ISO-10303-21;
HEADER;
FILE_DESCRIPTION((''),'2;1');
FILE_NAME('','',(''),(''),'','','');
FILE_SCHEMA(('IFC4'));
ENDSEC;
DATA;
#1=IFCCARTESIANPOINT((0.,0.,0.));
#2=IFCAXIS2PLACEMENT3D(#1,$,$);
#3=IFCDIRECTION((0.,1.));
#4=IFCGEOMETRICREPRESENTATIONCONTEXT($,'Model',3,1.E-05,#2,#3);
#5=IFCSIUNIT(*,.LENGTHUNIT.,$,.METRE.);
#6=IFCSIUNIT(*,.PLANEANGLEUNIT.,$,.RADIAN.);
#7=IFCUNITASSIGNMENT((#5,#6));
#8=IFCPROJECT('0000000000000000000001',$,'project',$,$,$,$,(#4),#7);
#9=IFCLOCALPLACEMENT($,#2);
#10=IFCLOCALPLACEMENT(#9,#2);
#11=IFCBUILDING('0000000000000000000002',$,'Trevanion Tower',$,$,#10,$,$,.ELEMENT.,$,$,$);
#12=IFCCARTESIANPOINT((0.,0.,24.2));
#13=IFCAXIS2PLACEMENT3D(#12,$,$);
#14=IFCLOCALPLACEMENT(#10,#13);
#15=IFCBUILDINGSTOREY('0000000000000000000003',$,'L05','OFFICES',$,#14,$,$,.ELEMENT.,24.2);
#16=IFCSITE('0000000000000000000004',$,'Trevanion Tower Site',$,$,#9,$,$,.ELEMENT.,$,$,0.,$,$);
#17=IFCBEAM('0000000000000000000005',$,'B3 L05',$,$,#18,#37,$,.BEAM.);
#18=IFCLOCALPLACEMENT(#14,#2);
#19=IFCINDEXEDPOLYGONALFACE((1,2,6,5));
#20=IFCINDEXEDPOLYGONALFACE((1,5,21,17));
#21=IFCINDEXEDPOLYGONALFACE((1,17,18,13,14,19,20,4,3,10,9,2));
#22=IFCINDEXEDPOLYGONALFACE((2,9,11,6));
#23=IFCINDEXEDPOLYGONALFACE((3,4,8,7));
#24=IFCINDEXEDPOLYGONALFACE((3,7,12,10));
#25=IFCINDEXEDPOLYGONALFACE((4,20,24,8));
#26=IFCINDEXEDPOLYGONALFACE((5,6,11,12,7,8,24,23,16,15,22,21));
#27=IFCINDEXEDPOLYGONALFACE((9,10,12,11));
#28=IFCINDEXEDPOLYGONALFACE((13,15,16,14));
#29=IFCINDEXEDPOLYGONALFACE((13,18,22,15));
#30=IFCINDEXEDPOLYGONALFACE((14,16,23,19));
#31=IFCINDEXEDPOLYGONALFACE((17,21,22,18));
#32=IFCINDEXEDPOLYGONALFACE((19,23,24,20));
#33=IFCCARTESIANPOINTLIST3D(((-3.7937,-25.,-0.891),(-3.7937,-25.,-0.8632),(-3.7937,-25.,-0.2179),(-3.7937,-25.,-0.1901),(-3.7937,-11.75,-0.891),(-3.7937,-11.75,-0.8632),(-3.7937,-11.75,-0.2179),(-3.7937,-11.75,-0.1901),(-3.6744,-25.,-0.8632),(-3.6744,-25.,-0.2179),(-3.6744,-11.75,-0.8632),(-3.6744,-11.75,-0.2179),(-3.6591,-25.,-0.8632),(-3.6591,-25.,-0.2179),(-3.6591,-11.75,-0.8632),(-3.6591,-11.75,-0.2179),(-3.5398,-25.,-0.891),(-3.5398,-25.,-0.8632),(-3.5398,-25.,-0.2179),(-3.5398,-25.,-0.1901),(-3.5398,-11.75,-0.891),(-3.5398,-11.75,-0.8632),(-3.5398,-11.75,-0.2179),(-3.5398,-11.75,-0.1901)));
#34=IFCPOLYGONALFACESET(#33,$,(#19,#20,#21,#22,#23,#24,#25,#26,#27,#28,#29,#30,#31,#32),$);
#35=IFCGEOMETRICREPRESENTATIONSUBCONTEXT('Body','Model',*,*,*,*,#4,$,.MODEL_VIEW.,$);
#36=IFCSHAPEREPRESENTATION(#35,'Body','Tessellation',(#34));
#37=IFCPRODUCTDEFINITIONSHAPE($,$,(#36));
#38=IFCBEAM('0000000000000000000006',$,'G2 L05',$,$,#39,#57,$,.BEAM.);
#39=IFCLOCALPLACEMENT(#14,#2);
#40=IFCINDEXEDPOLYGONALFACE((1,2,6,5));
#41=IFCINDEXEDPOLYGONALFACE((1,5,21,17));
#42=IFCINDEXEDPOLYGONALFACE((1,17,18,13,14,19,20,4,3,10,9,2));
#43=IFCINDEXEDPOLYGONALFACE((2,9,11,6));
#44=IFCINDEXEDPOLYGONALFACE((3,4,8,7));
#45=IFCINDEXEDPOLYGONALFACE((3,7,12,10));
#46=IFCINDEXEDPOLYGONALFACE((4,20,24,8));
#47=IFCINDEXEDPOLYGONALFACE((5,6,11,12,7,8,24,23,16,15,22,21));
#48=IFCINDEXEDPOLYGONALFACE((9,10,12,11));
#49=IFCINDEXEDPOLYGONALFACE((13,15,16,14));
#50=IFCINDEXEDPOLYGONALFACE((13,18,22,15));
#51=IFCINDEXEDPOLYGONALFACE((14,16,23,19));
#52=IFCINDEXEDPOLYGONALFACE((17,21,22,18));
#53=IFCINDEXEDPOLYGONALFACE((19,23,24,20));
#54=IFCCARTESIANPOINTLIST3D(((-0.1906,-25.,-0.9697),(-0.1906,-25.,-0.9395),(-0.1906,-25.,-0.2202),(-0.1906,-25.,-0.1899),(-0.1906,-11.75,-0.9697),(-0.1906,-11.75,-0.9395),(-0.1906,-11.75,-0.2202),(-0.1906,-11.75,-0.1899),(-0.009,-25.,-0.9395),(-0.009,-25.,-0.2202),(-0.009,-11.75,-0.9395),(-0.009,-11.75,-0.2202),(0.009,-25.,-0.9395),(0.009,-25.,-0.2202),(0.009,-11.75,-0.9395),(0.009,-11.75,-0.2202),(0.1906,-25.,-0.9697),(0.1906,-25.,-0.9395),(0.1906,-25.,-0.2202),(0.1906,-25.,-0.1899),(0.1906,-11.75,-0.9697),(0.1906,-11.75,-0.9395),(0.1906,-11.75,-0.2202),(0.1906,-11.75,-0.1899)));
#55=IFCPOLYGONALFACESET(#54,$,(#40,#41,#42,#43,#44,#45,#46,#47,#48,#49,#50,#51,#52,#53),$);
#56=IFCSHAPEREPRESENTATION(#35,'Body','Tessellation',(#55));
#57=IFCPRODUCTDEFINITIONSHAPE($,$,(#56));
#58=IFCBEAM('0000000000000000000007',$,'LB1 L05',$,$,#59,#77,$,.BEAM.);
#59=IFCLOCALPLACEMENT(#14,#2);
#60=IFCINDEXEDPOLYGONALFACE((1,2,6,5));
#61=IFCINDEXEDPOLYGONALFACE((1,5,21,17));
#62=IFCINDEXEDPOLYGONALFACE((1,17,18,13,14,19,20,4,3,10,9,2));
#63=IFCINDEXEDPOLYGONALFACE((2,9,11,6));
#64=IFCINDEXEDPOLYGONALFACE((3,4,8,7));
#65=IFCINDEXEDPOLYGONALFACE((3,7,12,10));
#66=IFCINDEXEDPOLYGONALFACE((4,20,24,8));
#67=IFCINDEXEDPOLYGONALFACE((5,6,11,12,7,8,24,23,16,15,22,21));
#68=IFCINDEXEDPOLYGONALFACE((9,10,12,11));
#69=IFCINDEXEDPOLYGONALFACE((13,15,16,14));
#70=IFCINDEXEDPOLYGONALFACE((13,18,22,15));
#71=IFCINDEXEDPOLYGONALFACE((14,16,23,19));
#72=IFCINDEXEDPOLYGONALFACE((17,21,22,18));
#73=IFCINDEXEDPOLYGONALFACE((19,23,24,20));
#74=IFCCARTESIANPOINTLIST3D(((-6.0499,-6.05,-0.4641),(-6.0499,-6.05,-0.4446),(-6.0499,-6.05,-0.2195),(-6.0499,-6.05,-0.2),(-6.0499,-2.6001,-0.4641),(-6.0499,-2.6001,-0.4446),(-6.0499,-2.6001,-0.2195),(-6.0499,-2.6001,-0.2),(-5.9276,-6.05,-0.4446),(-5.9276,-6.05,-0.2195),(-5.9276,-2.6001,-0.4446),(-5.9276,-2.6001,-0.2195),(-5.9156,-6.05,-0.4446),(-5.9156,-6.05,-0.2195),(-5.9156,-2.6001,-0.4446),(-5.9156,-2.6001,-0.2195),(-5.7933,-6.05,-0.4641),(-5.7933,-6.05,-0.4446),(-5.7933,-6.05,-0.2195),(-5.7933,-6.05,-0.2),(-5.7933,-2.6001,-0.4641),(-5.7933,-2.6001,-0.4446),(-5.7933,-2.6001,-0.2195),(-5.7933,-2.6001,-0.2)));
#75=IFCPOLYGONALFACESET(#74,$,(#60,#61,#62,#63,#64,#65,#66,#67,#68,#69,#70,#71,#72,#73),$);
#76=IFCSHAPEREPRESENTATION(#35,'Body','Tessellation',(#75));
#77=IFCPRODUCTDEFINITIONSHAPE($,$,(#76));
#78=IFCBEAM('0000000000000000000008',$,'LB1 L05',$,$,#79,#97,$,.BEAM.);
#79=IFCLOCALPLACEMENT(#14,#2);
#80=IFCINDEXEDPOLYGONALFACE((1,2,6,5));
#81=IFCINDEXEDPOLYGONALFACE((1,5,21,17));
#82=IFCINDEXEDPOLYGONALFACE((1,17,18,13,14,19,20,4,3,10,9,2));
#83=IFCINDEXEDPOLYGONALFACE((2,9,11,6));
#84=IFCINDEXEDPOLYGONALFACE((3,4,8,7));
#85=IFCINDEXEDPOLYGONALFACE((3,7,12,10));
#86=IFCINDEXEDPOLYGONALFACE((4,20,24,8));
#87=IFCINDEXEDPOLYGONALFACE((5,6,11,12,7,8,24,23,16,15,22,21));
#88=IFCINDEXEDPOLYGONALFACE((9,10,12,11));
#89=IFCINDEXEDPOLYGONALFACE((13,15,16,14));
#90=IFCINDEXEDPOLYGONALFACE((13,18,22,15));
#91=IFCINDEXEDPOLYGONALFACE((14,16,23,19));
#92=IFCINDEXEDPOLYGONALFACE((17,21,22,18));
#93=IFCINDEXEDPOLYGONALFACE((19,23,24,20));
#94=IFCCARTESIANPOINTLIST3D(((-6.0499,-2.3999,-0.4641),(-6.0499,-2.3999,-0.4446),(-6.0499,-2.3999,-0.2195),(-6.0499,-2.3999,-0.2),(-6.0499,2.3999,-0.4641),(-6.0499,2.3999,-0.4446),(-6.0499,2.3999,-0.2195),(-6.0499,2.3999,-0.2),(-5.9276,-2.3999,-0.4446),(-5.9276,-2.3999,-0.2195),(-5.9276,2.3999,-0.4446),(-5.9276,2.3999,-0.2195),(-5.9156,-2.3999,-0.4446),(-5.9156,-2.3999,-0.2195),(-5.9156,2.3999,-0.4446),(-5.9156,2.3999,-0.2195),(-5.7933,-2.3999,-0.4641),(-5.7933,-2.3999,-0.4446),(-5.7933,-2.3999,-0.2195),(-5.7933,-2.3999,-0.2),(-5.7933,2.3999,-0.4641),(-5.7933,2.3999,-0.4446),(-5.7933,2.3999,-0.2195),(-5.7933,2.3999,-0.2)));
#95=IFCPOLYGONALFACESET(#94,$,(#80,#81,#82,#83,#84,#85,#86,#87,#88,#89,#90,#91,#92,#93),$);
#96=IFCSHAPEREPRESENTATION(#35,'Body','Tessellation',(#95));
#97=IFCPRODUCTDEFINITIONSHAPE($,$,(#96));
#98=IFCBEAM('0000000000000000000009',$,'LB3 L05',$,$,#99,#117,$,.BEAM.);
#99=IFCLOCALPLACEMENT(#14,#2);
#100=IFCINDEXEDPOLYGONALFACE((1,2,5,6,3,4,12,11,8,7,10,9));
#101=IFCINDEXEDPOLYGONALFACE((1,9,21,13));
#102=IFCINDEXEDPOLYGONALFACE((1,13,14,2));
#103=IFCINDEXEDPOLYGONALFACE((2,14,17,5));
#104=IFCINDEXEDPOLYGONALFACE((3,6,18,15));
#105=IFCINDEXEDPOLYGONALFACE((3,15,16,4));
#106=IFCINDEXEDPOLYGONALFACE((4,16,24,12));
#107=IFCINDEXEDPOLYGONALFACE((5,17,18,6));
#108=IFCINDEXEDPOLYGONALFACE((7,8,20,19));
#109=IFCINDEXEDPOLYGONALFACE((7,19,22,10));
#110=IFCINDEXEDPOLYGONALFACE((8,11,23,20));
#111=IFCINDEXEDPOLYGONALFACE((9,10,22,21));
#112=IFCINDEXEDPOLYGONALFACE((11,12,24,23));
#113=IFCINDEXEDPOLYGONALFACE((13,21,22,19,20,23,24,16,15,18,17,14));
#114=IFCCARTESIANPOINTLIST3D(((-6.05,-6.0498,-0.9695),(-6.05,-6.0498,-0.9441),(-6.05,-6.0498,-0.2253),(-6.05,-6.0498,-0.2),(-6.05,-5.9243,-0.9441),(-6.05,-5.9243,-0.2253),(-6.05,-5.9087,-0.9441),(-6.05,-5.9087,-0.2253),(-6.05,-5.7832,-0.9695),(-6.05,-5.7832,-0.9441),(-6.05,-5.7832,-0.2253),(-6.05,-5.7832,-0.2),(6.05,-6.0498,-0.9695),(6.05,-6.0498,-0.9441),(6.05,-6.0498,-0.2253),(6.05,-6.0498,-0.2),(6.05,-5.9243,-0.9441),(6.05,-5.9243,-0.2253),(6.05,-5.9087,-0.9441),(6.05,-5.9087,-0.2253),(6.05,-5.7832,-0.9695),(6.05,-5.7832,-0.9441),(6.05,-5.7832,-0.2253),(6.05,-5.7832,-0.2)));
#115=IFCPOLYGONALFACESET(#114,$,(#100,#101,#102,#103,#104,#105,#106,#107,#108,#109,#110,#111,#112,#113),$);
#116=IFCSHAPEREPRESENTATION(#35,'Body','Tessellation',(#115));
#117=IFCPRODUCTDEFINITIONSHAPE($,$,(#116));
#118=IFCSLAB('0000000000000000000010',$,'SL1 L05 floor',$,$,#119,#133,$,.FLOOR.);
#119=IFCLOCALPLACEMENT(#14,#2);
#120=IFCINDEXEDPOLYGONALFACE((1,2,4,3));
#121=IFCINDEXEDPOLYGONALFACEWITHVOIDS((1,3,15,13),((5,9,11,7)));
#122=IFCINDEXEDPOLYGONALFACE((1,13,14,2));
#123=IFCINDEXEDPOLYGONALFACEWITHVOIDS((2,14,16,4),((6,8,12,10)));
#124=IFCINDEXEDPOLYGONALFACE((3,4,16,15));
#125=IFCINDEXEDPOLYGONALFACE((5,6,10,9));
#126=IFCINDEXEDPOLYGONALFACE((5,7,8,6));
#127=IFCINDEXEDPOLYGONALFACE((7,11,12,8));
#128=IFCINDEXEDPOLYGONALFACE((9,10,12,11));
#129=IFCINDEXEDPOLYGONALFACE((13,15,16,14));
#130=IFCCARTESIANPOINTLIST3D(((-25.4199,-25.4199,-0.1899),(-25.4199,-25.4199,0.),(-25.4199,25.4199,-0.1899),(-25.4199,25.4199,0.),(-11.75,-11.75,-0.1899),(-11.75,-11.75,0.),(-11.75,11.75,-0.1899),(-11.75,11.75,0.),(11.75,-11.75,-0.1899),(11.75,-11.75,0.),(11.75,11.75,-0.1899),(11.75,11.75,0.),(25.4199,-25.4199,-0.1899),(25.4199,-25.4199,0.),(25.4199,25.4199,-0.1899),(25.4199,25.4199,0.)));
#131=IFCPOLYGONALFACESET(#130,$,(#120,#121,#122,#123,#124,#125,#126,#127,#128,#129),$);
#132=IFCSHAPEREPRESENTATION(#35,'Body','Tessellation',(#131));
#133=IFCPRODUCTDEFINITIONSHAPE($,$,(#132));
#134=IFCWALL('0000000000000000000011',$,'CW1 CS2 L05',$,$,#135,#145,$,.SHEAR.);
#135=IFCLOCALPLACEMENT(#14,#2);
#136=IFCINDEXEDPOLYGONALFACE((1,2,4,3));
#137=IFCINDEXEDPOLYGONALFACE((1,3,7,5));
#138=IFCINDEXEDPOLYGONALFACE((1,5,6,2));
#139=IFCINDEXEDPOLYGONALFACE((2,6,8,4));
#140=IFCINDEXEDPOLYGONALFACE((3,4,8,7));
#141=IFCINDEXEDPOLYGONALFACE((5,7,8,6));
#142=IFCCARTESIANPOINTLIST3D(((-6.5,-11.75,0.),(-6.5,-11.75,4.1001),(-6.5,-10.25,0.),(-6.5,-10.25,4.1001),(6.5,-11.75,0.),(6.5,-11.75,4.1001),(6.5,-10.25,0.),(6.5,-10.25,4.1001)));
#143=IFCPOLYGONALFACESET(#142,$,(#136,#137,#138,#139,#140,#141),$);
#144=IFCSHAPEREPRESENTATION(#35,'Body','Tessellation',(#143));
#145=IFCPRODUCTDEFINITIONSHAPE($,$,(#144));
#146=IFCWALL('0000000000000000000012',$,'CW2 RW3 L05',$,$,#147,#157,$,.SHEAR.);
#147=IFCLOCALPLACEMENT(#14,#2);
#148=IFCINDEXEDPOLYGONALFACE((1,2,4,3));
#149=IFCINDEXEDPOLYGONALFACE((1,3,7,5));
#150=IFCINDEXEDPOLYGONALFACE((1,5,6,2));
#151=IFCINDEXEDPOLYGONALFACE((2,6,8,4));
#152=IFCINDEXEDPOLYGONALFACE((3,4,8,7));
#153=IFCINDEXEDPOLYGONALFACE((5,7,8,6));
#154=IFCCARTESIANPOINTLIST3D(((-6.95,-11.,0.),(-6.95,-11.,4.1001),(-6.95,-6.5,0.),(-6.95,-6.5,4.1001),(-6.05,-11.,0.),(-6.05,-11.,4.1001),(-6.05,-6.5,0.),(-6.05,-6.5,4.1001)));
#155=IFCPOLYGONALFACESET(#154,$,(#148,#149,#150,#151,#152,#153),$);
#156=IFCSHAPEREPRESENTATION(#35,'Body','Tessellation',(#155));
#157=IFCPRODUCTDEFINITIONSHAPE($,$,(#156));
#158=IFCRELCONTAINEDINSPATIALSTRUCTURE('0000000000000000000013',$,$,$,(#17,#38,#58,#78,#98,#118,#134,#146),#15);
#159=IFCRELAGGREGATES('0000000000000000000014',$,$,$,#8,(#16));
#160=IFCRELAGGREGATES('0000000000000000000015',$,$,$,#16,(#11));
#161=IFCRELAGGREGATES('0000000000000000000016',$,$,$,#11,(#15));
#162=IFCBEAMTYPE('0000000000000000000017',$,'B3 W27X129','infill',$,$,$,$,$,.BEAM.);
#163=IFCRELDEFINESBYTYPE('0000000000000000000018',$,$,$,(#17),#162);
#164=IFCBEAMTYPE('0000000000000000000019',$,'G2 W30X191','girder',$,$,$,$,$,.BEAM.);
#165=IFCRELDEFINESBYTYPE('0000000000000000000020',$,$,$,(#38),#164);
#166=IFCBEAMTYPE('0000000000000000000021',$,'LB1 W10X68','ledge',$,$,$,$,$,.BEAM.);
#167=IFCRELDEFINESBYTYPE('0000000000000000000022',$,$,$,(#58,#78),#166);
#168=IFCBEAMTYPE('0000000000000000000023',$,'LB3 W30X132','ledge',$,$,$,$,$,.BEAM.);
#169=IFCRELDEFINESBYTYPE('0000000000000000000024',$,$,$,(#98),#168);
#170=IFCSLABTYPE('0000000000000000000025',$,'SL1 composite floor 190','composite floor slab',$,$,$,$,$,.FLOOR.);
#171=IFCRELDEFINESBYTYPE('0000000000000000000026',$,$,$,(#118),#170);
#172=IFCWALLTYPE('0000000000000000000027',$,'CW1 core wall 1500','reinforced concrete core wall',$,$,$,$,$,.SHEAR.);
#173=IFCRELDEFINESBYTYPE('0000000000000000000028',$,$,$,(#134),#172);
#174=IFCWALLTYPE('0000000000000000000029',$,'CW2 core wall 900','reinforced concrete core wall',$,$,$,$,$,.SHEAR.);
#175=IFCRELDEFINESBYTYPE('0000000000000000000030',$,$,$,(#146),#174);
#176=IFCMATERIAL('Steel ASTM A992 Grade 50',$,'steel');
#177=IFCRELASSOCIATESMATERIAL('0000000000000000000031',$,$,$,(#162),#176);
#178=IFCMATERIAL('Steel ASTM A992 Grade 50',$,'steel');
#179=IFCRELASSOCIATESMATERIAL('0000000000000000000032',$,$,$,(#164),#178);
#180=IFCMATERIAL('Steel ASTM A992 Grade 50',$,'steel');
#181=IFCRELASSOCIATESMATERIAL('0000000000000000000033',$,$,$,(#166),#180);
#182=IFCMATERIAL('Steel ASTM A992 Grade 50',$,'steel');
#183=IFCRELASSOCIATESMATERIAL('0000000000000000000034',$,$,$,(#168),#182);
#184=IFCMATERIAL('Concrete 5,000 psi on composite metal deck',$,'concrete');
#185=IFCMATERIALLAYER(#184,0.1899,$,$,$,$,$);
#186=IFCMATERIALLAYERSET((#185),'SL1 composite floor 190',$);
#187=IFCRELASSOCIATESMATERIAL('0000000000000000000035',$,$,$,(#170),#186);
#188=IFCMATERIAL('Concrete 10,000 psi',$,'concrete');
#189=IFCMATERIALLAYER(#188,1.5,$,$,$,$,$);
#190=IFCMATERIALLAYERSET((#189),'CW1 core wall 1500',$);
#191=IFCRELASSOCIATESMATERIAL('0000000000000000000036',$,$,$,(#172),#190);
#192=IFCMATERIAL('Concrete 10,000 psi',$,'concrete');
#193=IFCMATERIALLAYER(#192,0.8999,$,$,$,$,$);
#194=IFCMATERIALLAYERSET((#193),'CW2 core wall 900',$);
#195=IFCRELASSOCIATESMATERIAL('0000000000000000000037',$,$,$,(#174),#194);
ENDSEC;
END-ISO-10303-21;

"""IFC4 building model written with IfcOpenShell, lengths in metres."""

from ifc_helpers import new_model, si_unit, direction, frame, frame_2d, origin, origin_2d, place, context, subcontext, project, spatial, polyline, rectangle, i_section, outline, extrude, material, layer, layer_set, material_profile, profile_set, type_object, element, save


model = new_model("IFC4")

# Units and contexts
model_context = context("Model", 3, precision=1e-05, world=origin(), true_north=direction((0.0, 1.0)))
body_context = subcontext(model_context, "Body", "Model", "MODEL_VIEW")
ifc_project = project(units=[si_unit("LENGTHUNIT", "METRE"), si_unit("PLANEANGLEUNIT", "RADIAN")], contexts=[model_context])

# Site, building, storey
site_placement = place(None, origin())
site = spatial("IfcSite", under=ifc_project, at=site_placement, Name="Trevanion Tower Site", CompositionType="ELEMENT", RefElevation=0.0)
building_placement = place(site_placement, origin())
building = spatial("IfcBuilding", under=site, at=building_placement, Name="Trevanion Tower", CompositionType="ELEMENT")
storey_placement = place(building_placement, frame((0.0, 0.0, 24.2)))
storey = spatial("IfcBuildingStorey", under=building, at=storey_placement, Name="L05", Description="OFFICES", CompositionType="ELEMENT", Elevation=24.2)

# Beams
ifc_material_1 = material(Name="Steel ASTM A992 Grade 50", Category="steel")
ifc_material_profile_1 = material_profile(ifc_material_1, i_section(OverallWidth=0.2539, OverallDepth=0.7009, WebThickness=0.0154, FlangeThickness=0.0278, at=origin_2d()), Name="W27X129")
ifc_profile_set_1 = profile_set([ifc_material_profile_1], Name="Steel ASTM A992 Grade 50")
beam_type_1 = type_object("IfcBeamType", Name="B3 W27X129", Description="infill", PredefinedType="BEAM", material=ifc_profile_set_1)
beam_1_placement = place(storey_placement, frame((-3.6667, -11.75, -0.5405), z_axis=(0.0, -1.0, 0.0), x_axis=(1.0, 0.0, 0.0)))
element("IfcBeam", 1, at=beam_1_placement, inside=storey, type_object=beam_type_1, Name="B3 L05", PredefinedType="BEAM", context=body_context, shape_type="SweptSolid", body=[
    extrude(i_section(OverallWidth=0.2539, OverallDepth=0.7009, WebThickness=0.0154, FlangeThickness=0.0278, at=origin_2d()), origin(), (0.0, 0.0, 1.0), 13.25),
])
ifc_material_2 = material(Name="Steel ASTM A992 Grade 50", Category="steel")
ifc_material_profile_2 = material_profile(ifc_material_2, i_section(OverallWidth=0.3811, OverallDepth=0.7798, WebThickness=0.0181, FlangeThickness=0.0303, at=origin_2d()), Name="W30X191")
ifc_profile_set_2 = profile_set([ifc_material_profile_2], Name="Steel ASTM A992 Grade 50")
beam_type_2 = type_object("IfcBeamType", Name="G2 W30X191", Description="girder", PredefinedType="BEAM", material=ifc_profile_set_2)
beam_2_placement = place(storey_placement, frame((0.0, -11.75, -0.5798), z_axis=(0.0, -1.0, 0.0), x_axis=(1.0, 0.0, 0.0)))
element("IfcBeam", 2, at=beam_2_placement, inside=storey, type_object=beam_type_2, Name="G2 L05", PredefinedType="BEAM", context=body_context, shape_type="SweptSolid", body=[
    extrude(i_section(OverallWidth=0.3811, OverallDepth=0.7798, WebThickness=0.0181, FlangeThickness=0.0303, at=origin_2d()), origin(), (0.0, 0.0, 1.0), 13.25),
])
ifc_material_3 = material(Name="Steel ASTM A992 Grade 50", Category="steel")
ifc_material_profile_3 = material_profile(ifc_material_3, i_section(OverallWidth=0.2566, OverallDepth=0.2642, WebThickness=0.012, FlangeThickness=0.0195, at=origin_2d()), Name="W10X68")
ifc_profile_set_3 = profile_set([ifc_material_profile_3], Name="Steel ASTM A992 Grade 50")
beam_type_3 = type_object("IfcBeamType", Name="LB1 W10X68", Description="ledge", PredefinedType="BEAM", material=ifc_profile_set_3)
beam_3_placement = place(storey_placement, frame((-5.9216, -6.05, -0.332), z_axis=(0.0, 1.0, 0.0), x_axis=(-1.0, 0.0, 0.0)))
element("IfcBeam", 3, at=beam_3_placement, inside=storey, type_object=beam_type_3, Name="LB1 L05", PredefinedType="BEAM", context=body_context, shape_type="SweptSolid", body=[
    extrude(i_section(OverallWidth=0.2566, OverallDepth=0.2642, WebThickness=0.012, FlangeThickness=0.0195, at=origin_2d()), origin(), (0.0, 0.0, 1.0), 3.45),
])
beam_4_placement = place(storey_placement, frame((-5.9216, -2.3999, -0.332), z_axis=(0.0, 1.0, 0.0), x_axis=(-1.0, 0.0, 0.0)))
element("IfcBeam", 4, at=beam_4_placement, inside=storey, type_object=beam_type_3, Name="LB1 L05", PredefinedType="BEAM", context=body_context, shape_type="SweptSolid", body=[
    extrude(i_section(OverallWidth=0.2566, OverallDepth=0.2642, WebThickness=0.012, FlangeThickness=0.0195, at=origin_2d()), origin(), (0.0, 0.0, 1.0), 4.7998),
])
ifc_material_4 = material(Name="Steel ASTM A992 Grade 50", Category="steel")
ifc_material_profile_4 = material_profile(ifc_material_4, i_section(OverallWidth=0.2666, OverallDepth=0.7695, WebThickness=0.0156, FlangeThickness=0.0254, at=origin_2d()), Name="W30X132")
ifc_profile_set_4 = profile_set([ifc_material_profile_4], Name="Steel ASTM A992 Grade 50")
beam_type_4 = type_object("IfcBeamType", Name="LB3 W30X132", Description="ledge", PredefinedType="BEAM", material=ifc_profile_set_4)
beam_5_placement = place(storey_placement, frame((-6.05, -5.9165, -0.5847), z_axis=(1.0, 0.0, 0.0), x_axis=(0.0, 1.0, 0.0)))
element("IfcBeam", 5, at=beam_5_placement, inside=storey, type_object=beam_type_4, Name="LB3 L05", PredefinedType="BEAM", context=body_context, shape_type="SweptSolid", body=[
    extrude(i_section(OverallWidth=0.2666, OverallDepth=0.7695, WebThickness=0.0156, FlangeThickness=0.0254, at=origin_2d()), origin(), (0.0, 0.0, 1.0), 12.1001),
])

# Slab
ifc_material_5 = material(Name="Concrete 5,000 psi on composite metal deck", Category="concrete")
ifc_layer_1 = layer(ifc_material_5, 0.1899)
ifc_layer_set_1 = layer_set([ifc_layer_1], Name="SL1 composite floor 190")
slab_type = type_object("IfcSlabType", Name="SL1 composite floor 190", Description="composite floor slab", PredefinedType="FLOOR", material=ifc_layer_set_1)
slab_placement = place(storey_placement, frame((0.0, 0.0, -0.1899)))
element("IfcSlab", 6, at=slab_placement, inside=storey, type_object=slab_type, Name="SL1 L05 floor", PredefinedType="FLOOR", context=body_context, shape_type="SweptSolid", body=[
    extrude(outline(polyline([(25.4199, -25.4199), (25.4199, 25.4199), (-25.4199, 25.4199), (-25.4199, -25.4199), (25.4199, -25.4199)]), holes=[polyline([(11.75, -11.75), (11.75, 11.75), (-11.75, 11.75), (-11.75, -11.75), (11.75, -11.75)])]), origin(), (0.0, 0.0, 1.0), 0.1899),
])

# Walls
ifc_material_6 = material(Name="Concrete 10,000 psi", Category="concrete")
ifc_layer_2 = layer(ifc_material_6, 1.5)
ifc_layer_set_2 = layer_set([ifc_layer_2], Name="CW1 core wall 1500")
wall_type_1 = type_object("IfcWallType", Name="CW1 core wall 1500", Description="reinforced concrete core wall", PredefinedType="SHEAR", material=ifc_layer_set_2)
wall_1_placement = place(storey_placement, frame((-6.5, -11.0, 0.0), z_axis=(0.0, 0.0, 1.0), x_axis=(1.0, 0.0, 0.0)))
element("IfcWall", 7, at=wall_1_placement, inside=storey, type_object=wall_type_1, Name="CW1 CS2 L05", PredefinedType="SHEAR", context=body_context, shape_type="SweptSolid", body=[
    extrude(rectangle(XDim=13.0, YDim=1.5, at=frame_2d((6.5, 0.0))), origin(), (0.0, 0.0, 1.0), 4.1001),
])
ifc_material_7 = material(Name="Concrete 10,000 psi", Category="concrete")
ifc_layer_3 = layer(ifc_material_7, 0.8999)
ifc_layer_set_3 = layer_set([ifc_layer_3], Name="CW2 core wall 900")
wall_type_2 = type_object("IfcWallType", Name="CW2 core wall 900", Description="reinforced concrete core wall", PredefinedType="SHEAR", material=ifc_layer_set_3)
wall_2_placement = place(storey_placement, frame((-6.5, -6.5, 0.0), z_axis=(0.0, 0.0, 1.0), x_axis=(0.0, -1.0, 0.0)))
element("IfcWall", 8, at=wall_2_placement, inside=storey, type_object=wall_type_2, Name="CW2 RW3 L05", PredefinedType="SHEAR", context=body_context, shape_type="SweptSolid", body=[
    extrude(rectangle(XDim=4.5, YDim=0.8999, at=frame_2d((2.25, 0.0))), origin(), (0.0, 0.0, 1.0), 4.1001),
])

save(model, "model.ifc")
